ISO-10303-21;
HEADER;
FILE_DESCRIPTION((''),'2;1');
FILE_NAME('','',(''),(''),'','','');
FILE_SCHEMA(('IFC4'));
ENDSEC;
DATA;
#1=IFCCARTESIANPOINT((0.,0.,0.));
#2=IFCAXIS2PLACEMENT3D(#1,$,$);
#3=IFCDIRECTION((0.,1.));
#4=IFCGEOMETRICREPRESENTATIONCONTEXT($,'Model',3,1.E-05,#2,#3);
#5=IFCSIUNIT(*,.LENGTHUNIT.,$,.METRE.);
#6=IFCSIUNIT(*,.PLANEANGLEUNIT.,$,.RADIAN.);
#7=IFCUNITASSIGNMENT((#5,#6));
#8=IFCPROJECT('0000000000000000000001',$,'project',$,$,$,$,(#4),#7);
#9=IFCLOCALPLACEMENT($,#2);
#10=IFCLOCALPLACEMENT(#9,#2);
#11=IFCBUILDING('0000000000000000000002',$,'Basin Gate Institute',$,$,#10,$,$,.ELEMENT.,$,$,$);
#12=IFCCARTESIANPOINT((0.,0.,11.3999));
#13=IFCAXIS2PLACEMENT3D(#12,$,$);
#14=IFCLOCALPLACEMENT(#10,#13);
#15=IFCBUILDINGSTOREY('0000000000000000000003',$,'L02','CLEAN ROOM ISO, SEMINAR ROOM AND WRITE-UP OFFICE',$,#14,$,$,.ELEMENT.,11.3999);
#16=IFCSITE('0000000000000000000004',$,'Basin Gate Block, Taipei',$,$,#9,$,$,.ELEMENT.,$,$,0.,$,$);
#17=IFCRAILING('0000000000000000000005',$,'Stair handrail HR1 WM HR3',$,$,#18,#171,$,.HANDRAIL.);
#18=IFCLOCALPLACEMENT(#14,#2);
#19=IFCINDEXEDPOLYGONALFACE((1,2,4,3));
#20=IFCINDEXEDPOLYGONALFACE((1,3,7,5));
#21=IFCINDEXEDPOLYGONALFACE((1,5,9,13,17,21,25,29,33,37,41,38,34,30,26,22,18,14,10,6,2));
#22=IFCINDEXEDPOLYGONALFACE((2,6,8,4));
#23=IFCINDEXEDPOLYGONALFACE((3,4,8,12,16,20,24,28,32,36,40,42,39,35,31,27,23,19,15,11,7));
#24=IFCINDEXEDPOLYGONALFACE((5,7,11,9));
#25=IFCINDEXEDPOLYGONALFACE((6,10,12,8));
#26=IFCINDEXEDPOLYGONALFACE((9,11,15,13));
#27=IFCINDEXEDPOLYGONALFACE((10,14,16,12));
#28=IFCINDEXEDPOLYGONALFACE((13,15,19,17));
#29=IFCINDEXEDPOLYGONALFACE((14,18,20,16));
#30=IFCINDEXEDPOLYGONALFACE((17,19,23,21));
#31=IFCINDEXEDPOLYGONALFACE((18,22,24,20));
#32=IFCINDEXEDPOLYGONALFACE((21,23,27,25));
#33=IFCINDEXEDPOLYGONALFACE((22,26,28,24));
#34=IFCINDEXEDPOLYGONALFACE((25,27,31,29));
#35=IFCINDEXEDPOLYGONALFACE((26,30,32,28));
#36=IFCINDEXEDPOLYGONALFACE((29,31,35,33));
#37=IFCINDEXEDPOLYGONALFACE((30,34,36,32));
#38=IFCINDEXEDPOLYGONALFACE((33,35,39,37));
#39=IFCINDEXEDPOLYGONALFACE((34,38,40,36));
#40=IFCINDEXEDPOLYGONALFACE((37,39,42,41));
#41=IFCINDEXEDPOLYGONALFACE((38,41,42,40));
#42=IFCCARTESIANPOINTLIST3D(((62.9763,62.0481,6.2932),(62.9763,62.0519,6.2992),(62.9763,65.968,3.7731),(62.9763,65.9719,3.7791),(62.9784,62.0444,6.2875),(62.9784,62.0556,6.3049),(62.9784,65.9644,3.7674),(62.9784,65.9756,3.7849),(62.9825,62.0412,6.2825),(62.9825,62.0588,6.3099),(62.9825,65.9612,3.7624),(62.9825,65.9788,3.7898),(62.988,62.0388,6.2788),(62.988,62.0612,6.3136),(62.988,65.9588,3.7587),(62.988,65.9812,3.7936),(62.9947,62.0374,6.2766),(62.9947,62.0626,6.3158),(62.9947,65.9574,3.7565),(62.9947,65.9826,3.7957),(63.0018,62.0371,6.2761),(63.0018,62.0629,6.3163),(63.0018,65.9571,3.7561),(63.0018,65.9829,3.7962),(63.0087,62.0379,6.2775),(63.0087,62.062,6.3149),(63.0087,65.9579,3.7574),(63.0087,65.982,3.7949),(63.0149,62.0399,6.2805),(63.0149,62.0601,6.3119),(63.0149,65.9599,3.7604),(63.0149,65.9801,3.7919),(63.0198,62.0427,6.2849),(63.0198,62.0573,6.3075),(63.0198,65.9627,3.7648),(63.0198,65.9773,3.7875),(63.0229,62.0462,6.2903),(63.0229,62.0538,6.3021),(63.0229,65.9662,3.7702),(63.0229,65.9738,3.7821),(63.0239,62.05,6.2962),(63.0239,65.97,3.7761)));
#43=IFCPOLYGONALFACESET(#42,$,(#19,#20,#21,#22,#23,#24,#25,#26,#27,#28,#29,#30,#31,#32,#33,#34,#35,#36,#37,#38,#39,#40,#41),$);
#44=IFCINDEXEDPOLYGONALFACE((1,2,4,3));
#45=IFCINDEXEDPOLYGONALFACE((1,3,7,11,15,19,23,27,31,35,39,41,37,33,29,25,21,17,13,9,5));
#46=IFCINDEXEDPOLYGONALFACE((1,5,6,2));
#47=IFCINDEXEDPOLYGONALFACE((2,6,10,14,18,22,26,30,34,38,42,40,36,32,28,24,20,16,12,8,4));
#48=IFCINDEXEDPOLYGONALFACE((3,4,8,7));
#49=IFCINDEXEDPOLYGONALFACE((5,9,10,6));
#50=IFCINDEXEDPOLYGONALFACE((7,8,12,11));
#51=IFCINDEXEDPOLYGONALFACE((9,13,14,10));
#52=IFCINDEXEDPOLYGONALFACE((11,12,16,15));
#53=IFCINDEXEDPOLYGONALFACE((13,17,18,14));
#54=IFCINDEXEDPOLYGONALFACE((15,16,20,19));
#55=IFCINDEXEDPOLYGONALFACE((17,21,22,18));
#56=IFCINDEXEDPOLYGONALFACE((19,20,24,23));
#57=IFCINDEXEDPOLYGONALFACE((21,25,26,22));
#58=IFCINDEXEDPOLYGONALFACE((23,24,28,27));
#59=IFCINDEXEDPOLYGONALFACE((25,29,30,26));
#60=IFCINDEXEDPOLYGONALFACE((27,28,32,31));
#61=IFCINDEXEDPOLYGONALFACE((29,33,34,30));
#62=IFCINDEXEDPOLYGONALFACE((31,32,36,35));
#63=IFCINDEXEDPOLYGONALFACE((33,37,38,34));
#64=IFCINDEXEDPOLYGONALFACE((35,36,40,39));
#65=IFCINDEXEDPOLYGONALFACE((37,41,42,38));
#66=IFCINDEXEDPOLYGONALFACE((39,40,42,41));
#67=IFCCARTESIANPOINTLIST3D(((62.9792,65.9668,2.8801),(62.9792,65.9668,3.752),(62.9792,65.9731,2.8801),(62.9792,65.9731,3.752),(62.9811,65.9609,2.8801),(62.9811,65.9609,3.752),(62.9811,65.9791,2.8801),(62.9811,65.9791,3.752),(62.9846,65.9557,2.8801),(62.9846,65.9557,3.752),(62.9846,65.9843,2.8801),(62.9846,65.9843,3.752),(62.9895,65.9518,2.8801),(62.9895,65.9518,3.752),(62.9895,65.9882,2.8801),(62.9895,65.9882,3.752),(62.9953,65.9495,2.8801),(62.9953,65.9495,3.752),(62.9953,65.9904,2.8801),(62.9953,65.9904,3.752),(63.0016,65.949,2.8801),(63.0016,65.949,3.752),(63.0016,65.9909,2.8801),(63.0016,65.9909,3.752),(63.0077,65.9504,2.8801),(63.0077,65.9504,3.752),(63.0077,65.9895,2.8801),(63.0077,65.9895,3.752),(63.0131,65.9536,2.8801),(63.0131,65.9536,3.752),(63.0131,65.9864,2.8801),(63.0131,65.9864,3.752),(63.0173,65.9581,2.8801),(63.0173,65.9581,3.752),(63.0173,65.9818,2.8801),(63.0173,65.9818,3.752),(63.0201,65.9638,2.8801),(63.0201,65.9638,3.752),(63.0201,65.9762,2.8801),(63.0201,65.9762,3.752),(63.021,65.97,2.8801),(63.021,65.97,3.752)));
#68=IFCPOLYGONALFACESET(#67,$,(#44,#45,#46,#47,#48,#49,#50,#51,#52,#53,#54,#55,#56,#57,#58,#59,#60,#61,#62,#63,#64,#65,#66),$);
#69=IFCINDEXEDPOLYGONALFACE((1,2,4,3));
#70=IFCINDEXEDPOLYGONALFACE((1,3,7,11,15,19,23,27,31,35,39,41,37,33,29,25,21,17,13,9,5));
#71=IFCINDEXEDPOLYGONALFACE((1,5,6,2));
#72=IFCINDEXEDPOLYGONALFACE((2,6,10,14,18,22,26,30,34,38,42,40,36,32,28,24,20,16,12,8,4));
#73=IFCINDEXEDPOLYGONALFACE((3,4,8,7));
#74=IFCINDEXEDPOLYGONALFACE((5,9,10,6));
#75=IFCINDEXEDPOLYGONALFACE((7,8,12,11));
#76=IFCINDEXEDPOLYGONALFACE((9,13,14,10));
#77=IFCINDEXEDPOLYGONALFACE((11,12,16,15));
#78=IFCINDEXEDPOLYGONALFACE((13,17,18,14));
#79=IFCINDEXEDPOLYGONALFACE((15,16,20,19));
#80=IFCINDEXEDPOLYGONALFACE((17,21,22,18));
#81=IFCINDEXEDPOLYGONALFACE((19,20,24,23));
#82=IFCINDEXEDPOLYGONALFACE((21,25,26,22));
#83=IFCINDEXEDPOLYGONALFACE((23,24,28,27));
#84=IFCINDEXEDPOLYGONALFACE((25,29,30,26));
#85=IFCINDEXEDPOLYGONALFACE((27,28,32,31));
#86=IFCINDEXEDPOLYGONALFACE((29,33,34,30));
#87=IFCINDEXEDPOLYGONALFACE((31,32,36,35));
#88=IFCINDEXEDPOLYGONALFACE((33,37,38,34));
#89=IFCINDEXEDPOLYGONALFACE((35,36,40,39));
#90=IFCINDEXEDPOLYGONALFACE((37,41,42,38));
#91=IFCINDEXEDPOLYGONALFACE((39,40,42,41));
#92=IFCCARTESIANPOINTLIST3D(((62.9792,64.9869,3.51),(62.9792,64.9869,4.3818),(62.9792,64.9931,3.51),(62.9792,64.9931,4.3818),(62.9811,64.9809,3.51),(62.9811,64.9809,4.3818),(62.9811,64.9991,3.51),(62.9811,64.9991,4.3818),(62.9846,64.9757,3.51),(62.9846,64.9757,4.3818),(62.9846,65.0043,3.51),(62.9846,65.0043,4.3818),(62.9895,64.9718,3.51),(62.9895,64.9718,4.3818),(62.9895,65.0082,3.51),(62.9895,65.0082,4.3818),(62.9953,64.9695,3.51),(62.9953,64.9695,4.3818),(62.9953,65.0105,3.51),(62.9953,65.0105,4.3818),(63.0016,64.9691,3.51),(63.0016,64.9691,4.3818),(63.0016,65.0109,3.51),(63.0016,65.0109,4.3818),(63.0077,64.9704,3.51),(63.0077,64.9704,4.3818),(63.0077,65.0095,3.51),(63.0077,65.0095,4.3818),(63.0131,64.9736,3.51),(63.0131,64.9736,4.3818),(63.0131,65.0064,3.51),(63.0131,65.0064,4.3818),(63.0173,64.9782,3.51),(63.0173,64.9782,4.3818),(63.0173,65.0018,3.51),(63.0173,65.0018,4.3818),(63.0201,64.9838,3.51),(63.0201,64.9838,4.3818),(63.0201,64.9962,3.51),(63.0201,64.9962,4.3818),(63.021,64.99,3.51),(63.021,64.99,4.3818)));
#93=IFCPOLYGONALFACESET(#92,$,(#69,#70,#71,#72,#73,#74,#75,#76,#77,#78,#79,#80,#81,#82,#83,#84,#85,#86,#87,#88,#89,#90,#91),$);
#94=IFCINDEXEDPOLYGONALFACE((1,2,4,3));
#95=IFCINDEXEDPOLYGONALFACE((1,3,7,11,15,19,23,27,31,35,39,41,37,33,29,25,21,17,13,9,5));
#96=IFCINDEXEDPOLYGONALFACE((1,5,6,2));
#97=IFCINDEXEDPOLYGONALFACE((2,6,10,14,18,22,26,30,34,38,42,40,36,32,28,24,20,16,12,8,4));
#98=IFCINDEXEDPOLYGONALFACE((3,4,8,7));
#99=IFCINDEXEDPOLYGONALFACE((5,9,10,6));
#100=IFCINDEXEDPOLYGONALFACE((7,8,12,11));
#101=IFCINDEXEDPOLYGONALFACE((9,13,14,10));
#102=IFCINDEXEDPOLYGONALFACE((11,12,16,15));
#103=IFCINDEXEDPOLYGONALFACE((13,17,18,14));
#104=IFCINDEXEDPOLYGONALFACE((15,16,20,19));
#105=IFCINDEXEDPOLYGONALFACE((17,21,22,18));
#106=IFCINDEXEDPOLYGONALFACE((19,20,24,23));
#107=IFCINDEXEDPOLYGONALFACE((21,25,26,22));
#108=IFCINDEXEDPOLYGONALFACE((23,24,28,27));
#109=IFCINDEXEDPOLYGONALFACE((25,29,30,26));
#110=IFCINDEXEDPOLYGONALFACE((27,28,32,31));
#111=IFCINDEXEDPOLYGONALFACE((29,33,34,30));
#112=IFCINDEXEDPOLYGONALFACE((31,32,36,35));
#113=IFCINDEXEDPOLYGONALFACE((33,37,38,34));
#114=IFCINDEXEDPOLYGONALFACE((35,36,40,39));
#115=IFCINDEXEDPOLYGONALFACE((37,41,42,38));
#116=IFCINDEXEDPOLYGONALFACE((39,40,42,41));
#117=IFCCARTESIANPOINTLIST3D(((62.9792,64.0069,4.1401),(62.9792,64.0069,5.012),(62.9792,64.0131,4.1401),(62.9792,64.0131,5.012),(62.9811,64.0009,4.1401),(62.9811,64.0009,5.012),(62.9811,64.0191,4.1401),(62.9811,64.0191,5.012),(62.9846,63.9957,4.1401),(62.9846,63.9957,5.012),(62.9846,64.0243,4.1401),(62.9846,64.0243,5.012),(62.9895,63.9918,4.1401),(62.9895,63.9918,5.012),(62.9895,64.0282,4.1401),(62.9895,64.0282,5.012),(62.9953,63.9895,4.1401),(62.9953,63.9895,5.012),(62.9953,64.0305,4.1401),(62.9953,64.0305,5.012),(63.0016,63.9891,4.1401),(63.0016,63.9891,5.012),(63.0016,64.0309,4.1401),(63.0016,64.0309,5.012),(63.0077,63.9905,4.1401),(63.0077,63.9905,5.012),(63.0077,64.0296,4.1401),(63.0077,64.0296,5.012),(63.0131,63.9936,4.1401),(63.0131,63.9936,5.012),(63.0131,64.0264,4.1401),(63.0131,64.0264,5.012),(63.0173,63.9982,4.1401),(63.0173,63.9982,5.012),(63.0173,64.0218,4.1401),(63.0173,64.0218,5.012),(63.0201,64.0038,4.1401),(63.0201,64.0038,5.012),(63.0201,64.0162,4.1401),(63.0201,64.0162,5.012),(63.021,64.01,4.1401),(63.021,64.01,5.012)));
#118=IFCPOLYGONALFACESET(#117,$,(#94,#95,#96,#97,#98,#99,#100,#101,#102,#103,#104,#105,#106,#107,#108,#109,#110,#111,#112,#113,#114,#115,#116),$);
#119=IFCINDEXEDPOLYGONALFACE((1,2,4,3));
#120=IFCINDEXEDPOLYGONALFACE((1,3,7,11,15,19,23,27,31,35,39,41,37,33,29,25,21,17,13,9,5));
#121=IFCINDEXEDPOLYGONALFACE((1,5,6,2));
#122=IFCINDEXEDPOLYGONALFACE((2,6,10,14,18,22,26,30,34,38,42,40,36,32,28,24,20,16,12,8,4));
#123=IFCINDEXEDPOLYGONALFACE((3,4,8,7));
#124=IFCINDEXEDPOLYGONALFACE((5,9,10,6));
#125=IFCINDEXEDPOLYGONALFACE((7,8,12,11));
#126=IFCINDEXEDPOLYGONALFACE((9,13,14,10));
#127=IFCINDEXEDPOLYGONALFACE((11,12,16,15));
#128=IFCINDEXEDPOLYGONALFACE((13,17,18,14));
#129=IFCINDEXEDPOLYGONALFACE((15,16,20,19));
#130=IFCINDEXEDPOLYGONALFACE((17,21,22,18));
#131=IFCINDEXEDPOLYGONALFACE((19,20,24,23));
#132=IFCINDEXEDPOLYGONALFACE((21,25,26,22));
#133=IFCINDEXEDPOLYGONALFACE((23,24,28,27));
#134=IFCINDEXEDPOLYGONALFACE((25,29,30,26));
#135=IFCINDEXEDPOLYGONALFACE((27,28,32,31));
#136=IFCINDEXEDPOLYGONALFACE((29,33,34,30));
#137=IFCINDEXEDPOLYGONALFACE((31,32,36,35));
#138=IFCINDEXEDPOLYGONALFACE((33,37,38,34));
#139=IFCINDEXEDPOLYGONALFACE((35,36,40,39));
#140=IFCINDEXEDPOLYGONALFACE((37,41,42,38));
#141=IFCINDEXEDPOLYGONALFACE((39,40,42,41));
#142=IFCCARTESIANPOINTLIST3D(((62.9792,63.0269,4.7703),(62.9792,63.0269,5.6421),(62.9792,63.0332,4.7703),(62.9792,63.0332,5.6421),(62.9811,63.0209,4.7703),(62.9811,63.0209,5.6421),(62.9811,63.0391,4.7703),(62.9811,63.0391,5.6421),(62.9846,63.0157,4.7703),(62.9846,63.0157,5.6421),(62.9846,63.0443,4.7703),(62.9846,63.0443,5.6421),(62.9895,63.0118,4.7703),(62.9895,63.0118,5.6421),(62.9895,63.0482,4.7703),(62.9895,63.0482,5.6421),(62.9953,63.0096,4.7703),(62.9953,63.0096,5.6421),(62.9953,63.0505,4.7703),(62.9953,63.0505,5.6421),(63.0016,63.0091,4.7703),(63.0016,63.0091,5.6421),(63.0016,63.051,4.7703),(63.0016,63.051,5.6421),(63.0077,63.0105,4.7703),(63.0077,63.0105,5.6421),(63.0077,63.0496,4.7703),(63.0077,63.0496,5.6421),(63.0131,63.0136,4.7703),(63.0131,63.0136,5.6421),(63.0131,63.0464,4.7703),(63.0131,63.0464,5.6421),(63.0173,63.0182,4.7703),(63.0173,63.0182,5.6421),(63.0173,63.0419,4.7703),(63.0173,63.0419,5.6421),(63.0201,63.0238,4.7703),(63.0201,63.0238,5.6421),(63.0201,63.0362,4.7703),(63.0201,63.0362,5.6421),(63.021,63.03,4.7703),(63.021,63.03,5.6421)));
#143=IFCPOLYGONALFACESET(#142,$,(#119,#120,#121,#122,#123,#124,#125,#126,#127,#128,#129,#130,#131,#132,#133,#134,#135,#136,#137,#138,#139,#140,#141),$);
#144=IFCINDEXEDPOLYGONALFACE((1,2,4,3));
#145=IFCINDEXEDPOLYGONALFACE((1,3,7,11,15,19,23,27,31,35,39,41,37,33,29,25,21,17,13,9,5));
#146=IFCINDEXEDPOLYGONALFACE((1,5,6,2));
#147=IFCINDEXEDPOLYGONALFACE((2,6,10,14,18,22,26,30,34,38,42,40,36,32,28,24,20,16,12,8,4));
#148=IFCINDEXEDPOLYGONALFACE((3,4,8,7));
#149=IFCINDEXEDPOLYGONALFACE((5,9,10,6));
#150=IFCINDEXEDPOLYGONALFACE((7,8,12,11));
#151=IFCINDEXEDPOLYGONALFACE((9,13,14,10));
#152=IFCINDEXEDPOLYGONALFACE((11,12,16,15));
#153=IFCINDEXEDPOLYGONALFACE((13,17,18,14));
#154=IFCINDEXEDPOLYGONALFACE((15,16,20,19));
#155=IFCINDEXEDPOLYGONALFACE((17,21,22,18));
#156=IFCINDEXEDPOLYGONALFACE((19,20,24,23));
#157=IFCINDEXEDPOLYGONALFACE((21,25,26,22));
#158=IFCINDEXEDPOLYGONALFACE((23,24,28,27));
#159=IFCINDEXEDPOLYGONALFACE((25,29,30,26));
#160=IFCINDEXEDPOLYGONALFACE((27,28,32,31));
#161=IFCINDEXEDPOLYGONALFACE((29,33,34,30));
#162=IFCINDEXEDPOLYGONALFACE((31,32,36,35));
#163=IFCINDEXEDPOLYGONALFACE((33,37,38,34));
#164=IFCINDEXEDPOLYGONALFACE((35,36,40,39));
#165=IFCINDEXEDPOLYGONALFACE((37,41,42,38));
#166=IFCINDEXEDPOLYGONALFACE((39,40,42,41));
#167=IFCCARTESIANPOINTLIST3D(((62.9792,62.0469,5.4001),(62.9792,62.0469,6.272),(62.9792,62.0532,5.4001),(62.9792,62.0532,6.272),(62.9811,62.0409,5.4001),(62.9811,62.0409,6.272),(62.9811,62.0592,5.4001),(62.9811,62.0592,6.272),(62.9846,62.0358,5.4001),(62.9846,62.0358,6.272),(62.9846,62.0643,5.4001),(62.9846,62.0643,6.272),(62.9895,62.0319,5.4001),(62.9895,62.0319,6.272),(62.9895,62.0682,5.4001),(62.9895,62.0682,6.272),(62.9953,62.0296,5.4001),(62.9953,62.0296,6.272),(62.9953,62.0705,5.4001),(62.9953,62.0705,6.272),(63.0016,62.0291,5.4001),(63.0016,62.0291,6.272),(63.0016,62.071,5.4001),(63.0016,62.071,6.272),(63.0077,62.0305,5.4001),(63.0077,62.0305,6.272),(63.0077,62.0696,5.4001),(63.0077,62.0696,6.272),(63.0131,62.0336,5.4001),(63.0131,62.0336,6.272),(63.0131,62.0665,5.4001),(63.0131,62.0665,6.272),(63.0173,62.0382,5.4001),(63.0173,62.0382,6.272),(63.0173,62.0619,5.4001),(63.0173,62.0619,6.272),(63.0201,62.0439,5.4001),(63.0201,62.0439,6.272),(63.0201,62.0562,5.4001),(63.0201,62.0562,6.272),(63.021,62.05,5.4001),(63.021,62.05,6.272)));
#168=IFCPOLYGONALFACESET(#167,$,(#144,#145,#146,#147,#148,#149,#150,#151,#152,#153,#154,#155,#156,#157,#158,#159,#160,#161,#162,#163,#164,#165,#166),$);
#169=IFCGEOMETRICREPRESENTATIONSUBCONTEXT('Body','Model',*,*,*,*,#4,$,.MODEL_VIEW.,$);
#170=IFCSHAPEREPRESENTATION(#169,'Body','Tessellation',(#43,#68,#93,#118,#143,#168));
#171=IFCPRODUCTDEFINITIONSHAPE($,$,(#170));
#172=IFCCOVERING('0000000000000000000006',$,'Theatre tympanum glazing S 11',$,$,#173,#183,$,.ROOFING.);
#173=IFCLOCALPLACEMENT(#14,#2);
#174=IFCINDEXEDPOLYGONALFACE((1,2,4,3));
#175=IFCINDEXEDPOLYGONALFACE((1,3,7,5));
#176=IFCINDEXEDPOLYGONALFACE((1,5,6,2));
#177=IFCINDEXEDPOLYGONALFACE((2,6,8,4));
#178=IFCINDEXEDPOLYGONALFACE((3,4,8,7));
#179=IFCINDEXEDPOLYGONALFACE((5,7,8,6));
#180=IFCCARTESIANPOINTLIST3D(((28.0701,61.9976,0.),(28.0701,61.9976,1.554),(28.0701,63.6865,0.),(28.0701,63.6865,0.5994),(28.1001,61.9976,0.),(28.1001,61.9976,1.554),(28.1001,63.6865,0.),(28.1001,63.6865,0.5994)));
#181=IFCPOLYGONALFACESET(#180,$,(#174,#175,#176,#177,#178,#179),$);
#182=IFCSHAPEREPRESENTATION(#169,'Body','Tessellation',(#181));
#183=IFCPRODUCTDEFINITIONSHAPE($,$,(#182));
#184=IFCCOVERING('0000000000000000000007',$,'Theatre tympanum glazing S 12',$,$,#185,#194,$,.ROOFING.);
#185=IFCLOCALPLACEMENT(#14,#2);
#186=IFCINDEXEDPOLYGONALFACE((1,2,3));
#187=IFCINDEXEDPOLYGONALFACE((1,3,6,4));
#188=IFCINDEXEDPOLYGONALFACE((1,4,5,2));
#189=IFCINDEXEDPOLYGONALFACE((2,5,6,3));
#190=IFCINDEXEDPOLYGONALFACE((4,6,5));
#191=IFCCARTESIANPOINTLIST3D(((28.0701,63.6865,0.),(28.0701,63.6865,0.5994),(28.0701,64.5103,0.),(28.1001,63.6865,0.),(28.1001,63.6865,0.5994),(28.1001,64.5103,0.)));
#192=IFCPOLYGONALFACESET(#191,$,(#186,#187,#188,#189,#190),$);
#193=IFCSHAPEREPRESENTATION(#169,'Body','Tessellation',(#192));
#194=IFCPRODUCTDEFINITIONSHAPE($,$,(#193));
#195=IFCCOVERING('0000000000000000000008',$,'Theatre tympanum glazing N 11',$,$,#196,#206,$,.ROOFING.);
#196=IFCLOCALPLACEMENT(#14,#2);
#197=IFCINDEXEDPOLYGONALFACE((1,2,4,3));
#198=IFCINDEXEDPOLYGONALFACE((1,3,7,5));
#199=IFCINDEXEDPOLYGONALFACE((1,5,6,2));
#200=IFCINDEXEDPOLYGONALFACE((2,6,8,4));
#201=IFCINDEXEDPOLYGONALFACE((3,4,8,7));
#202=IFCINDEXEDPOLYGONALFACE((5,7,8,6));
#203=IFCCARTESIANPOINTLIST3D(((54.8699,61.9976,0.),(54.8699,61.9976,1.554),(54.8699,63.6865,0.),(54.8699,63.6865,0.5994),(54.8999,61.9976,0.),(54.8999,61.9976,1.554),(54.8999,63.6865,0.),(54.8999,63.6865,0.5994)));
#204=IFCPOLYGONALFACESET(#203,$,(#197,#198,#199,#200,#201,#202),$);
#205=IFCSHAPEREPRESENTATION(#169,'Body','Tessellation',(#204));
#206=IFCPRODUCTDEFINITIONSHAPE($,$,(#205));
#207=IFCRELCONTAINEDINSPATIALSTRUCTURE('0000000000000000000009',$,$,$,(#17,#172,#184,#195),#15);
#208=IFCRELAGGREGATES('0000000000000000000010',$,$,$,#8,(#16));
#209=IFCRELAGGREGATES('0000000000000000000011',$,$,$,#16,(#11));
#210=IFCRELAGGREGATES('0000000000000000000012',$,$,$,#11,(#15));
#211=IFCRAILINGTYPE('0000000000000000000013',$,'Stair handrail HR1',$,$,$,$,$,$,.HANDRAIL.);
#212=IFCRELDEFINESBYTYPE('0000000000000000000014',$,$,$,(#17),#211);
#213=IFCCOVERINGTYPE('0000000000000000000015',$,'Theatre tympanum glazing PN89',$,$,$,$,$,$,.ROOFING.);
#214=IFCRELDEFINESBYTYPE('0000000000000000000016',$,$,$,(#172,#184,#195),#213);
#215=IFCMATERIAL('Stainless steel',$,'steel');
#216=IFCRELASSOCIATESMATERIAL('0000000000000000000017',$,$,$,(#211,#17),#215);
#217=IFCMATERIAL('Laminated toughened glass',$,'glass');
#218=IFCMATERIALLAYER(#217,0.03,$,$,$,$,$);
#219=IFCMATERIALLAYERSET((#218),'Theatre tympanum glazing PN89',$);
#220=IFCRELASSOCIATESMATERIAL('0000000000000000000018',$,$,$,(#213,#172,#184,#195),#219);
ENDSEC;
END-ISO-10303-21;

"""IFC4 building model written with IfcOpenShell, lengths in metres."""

from ifc_helpers import new_model, si_unit, direction, frame, origin, origin_2d, place, context, subcontext, project, spatial, polyline, circle, outline, extrude, material, layer, layer_set, type_object, element, save


model = new_model("IFC4")

# Units and contexts
model_context = context("Model", 3, precision=1e-05, world=origin(), true_north=direction((0.0, 1.0)))
body_context = subcontext(model_context, "Body", "Model", "MODEL_VIEW")
ifc_project = project(units=[si_unit("LENGTHUNIT", "METRE"), si_unit("PLANEANGLEUNIT", "RADIAN")], contexts=[model_context])

# Site, building, storey
site_placement = place(None, origin())
site = spatial("IfcSite", under=ifc_project, at=site_placement, Name="Basin Gate Block, Taipei", CompositionType="ELEMENT", RefElevation=0.0)
building_placement = place(site_placement, origin())
building = spatial("IfcBuilding", under=site, at=building_placement, Name="Basin Gate Institute", CompositionType="ELEMENT")
storey_placement = place(building_placement, frame((0.0, 0.0, 11.3999)))
storey = spatial("IfcBuildingStorey", under=building, at=storey_placement, Name="L02", Description="CLEAN ROOM ISO, SEMINAR ROOM AND WRITE-UP OFFICE", CompositionType="ELEMENT", Elevation=11.3999)

# Railing
ifc_material_1 = material(Name="Stainless steel", Category="steel")
railing_type_1 = type_object("IfcRailingType", Name="Stair handrail HR1", PredefinedType="HANDRAIL", material=ifc_material_1)
railing_1_placement = place(storey_placement, frame((63.0, 65.97, 2.8801)))
element("IfcRailing", 1, at=railing_1_placement, inside=storey, type_object=railing_type_1, material=ifc_material_1, Name="Stair handrail HR1 WM HR3", PredefinedType="HANDRAIL", context=body_context, shape_type="SweptSolid", body=[
    extrude(circle(Radius=0.0239, at=origin_2d()), frame((0.0, 0.0, 0.896), z_axis=(0.0, -0.841172, 0.540768), x_axis=(1.0, 0.0, 0.0)), (0.0, 0.0, 1.0), 4.6602),
    extrude(circle(Radius=0.021, at=origin_2d()), origin(), (0.0, 0.0, 1.0), 0.8718),
    extrude(circle(Radius=0.021, at=origin_2d()), frame((0.0, -0.98, 0.6299)), (0.0, 0.0, 1.0), 0.8718),
    extrude(circle(Radius=0.021, at=origin_2d()), frame((0.0, -1.96, 1.26)), (0.0, 0.0, 1.0), 0.8718),
    extrude(circle(Radius=0.021, at=origin_2d()), frame((0.0, -2.9399, 1.8901)), (0.0, 0.0, 1.0), 0.8718),
    extrude(circle(Radius=0.021, at=origin_2d()), frame((0.0, -3.9199, 2.52)), (0.0, 0.0, 1.0), 0.8718),
])

# Coverings
ifc_material_2 = material(Name="Laminated toughened glass", Category="glass")
ifc_layer_1 = layer(ifc_material_2, 0.03)
ifc_layer_set_1 = layer_set([ifc_layer_1], Name="Theatre tympanum glazing PN89")
covering_type = type_object("IfcCoveringType", Name="Theatre tympanum glazing PN89", PredefinedType="ROOFING", material=ifc_layer_set_1)
covering_1_placement = place(storey_placement, frame((28.1001, 61.9976, 0.0), z_axis=(1.0, 0.0, 0.0), x_axis=(0.0, 1.0, 0.0)))
element("IfcCovering", 2, at=covering_1_placement, inside=storey, type_object=covering_type, material=ifc_layer_set_1, Name="Theatre tympanum glazing S 11", PredefinedType="ROOFING", context=body_context, shape_type="SweptSolid", body=[
    extrude(outline(polyline([(0.0, 0.0), (1.689, 0.0), (1.689, 0.5994), (0.0, 1.554), (0.0, 0.0)])), origin(), (0.0, 0.0, -1.0), 0.03),
])
covering_2_placement = place(storey_placement, frame((28.1001, 63.6865, 0.0), z_axis=(1.0, 0.0, 0.0), x_axis=(0.0, 1.0, 0.0)))
element("IfcCovering", 3, at=covering_2_placement, inside=storey, type_object=covering_type, material=ifc_layer_set_1, Name="Theatre tympanum glazing S 12", PredefinedType="ROOFING", context=body_context, shape_type="SweptSolid", body=[
    extrude(outline(polyline([(0.0, 0.0), (0.8237, 0.0), (0.0, 0.5994), (0.0, 0.0)])), origin(), (0.0, 0.0, -1.0), 0.03),
])
covering_3_placement = place(storey_placement, frame((54.8999, 61.9976, 0.0), z_axis=(1.0, 0.0, 0.0), x_axis=(0.0, 1.0, 0.0)))
element("IfcCovering", 4, at=covering_3_placement, inside=storey, type_object=covering_type, material=ifc_layer_set_1, Name="Theatre tympanum glazing N 11", PredefinedType="ROOFING", context=body_context, shape_type="SweptSolid", body=[
    extrude(outline(polyline([(0.0, 0.0), (1.689, 0.0), (1.689, 0.5994), (0.0, 1.554), (0.0, 0.0)])), origin(), (0.0, 0.0, -1.0), 0.03),
])

save(model, "model.ifc")
